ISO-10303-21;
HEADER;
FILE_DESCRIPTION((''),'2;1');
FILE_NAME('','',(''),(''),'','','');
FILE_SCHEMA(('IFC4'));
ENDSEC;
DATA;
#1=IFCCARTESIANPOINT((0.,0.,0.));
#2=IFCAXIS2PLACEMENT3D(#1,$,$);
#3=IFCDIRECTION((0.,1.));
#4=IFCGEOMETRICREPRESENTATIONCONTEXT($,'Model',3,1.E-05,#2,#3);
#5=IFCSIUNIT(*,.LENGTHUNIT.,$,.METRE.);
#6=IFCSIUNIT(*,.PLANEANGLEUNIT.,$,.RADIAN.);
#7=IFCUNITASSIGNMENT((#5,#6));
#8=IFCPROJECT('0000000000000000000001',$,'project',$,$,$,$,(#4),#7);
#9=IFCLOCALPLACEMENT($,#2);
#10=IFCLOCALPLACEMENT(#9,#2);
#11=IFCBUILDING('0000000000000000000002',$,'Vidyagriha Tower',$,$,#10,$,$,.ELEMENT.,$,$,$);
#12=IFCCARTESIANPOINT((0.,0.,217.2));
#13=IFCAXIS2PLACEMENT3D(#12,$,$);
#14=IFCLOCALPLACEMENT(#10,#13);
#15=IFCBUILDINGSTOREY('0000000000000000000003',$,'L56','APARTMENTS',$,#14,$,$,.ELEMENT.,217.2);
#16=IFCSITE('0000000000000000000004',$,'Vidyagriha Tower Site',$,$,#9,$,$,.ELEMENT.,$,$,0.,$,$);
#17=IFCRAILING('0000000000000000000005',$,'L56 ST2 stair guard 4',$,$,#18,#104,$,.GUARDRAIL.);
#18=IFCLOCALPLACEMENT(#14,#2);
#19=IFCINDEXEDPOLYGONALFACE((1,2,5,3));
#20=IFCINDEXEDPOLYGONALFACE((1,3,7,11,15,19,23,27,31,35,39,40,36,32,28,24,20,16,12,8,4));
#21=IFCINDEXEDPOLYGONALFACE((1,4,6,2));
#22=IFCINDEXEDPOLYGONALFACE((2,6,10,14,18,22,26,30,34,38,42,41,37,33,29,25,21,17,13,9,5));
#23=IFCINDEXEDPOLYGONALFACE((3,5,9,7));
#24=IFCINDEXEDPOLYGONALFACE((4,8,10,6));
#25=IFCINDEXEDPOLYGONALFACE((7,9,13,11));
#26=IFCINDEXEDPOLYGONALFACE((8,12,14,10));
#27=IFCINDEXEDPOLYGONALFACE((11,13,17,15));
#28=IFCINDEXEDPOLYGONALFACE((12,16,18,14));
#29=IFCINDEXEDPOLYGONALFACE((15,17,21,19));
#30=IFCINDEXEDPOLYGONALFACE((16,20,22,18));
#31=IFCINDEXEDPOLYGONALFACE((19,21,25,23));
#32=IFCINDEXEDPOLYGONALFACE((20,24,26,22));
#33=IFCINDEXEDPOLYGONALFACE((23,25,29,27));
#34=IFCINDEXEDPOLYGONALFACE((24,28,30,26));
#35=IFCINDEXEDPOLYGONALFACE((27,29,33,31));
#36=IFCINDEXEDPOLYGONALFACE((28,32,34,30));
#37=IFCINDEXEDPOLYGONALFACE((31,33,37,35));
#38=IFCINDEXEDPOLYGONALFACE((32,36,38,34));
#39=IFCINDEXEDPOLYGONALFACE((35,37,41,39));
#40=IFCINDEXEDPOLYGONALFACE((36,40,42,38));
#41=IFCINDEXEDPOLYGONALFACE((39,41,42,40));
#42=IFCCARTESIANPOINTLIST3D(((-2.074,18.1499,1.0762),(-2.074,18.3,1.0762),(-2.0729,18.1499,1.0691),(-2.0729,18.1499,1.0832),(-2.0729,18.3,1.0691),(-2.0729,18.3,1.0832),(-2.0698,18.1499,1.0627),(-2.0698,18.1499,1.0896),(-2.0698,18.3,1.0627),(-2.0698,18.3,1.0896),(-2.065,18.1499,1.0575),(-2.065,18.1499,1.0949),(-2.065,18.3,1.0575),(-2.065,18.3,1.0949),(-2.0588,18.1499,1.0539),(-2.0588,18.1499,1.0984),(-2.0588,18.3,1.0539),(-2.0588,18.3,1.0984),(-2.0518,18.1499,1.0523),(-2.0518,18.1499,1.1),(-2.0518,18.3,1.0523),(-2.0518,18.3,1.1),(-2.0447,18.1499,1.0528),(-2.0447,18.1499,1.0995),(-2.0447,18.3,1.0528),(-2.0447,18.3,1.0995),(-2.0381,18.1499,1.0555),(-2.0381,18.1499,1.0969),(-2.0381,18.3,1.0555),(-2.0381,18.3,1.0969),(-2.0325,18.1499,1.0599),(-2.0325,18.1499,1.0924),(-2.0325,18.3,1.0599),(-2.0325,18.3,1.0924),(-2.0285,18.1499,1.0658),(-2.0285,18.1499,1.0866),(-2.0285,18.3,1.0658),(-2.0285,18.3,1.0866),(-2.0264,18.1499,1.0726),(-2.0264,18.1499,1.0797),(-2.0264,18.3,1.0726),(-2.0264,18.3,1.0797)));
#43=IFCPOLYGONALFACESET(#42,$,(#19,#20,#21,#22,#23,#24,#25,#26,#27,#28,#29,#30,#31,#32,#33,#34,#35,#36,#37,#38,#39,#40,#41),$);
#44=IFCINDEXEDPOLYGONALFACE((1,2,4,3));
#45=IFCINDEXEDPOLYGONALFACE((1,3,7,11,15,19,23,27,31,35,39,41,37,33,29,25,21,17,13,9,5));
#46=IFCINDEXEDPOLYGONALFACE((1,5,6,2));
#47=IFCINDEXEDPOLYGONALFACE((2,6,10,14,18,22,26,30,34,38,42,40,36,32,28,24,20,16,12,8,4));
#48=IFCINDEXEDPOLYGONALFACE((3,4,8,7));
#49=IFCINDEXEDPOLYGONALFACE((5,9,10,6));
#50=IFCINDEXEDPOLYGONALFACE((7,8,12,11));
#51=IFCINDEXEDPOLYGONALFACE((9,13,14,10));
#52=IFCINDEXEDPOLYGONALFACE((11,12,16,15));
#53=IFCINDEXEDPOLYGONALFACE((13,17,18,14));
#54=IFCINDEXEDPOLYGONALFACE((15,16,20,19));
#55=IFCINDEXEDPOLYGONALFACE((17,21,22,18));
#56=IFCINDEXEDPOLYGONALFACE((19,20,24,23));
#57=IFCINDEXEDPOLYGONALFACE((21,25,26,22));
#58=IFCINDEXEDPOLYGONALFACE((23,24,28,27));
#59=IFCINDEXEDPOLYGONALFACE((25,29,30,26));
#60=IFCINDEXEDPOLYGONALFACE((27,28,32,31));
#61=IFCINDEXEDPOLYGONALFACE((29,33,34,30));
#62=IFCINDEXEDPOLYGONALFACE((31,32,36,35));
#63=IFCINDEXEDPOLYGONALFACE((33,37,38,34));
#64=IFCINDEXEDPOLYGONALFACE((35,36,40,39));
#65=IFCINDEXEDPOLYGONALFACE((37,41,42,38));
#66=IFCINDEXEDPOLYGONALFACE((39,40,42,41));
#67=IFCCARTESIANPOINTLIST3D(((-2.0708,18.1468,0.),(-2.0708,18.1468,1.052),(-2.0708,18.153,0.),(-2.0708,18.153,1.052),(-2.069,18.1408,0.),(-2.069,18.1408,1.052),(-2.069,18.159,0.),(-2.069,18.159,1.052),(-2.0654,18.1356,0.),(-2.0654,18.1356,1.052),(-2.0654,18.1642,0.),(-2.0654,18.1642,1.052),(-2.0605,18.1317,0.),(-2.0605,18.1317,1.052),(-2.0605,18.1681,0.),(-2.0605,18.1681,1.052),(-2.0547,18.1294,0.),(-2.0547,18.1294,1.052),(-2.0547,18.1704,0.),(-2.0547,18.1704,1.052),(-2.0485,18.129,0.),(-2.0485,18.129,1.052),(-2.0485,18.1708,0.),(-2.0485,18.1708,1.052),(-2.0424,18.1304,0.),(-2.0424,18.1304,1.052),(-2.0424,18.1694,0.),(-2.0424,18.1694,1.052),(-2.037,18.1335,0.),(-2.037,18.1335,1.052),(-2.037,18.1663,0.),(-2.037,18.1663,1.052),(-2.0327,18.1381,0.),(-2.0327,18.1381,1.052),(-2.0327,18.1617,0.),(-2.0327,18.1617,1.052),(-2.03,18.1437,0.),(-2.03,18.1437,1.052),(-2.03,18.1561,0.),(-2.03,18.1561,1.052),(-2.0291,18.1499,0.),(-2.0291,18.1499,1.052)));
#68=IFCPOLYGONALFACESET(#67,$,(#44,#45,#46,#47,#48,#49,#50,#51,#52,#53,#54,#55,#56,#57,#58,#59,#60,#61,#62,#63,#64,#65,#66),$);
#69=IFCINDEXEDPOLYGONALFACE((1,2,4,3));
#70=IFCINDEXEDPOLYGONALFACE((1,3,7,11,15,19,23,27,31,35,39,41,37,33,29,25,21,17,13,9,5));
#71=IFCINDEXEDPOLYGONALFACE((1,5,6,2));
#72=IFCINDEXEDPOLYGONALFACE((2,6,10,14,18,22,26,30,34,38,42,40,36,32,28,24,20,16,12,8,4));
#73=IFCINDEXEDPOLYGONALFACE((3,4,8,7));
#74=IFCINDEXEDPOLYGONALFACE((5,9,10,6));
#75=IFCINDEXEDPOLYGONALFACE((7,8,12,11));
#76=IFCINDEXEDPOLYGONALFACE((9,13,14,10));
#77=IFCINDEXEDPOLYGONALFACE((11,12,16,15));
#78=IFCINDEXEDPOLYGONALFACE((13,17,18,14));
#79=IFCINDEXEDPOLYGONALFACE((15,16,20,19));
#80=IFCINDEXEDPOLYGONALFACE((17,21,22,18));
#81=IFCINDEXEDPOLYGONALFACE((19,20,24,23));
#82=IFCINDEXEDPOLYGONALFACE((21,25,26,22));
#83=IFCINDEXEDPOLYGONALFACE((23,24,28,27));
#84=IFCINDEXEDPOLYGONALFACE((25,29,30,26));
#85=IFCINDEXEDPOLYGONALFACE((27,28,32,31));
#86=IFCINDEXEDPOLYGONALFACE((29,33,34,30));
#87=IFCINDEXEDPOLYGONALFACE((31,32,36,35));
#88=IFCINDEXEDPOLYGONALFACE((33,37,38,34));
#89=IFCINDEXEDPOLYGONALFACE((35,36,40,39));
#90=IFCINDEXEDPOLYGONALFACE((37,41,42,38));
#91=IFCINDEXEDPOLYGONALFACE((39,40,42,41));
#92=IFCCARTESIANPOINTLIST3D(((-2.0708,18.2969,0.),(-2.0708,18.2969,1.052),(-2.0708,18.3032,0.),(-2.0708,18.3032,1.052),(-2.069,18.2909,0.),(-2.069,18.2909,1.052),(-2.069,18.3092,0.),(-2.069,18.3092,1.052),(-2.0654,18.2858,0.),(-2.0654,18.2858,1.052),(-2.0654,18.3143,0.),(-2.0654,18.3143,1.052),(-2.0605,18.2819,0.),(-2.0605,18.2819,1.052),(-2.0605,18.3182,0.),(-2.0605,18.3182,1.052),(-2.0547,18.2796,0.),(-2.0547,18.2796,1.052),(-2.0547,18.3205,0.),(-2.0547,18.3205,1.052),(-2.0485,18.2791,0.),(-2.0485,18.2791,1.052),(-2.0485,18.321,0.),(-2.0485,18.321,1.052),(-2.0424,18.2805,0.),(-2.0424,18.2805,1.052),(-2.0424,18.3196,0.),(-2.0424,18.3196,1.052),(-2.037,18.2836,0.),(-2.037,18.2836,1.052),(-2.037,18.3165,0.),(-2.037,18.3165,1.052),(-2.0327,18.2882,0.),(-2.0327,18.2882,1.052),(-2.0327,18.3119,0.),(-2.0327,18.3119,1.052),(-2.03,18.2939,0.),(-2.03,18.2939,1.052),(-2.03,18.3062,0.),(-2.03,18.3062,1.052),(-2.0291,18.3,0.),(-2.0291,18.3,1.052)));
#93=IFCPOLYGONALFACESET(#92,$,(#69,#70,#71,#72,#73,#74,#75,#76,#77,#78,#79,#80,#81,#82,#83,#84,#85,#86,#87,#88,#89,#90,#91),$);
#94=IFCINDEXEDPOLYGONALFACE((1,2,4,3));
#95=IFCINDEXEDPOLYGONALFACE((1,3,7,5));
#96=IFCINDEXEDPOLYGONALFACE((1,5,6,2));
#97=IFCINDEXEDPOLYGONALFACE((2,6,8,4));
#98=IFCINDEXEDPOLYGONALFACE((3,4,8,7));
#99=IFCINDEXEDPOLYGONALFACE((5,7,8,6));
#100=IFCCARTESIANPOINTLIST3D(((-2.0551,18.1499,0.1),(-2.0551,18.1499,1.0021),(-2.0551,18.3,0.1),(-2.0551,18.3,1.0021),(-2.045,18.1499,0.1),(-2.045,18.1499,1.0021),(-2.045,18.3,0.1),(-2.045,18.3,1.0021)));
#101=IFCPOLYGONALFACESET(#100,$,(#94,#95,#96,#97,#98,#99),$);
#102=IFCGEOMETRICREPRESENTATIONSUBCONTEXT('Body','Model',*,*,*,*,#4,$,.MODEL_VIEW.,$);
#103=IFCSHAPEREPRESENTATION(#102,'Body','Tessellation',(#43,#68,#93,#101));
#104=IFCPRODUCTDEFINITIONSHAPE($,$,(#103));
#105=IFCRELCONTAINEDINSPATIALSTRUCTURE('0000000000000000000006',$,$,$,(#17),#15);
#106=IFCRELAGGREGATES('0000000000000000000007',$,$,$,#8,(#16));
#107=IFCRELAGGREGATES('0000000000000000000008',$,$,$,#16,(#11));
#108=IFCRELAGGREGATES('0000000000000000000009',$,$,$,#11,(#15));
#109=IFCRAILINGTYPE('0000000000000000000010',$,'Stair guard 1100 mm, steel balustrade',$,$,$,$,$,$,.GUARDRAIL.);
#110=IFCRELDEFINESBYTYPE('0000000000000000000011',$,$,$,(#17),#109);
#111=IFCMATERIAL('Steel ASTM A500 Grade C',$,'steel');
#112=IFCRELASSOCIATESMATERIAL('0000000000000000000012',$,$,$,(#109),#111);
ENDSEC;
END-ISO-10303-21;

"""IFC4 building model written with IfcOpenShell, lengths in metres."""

from ifc_helpers import new_model, si_unit, direction, frame, origin, origin_2d, place, context, subcontext, project, spatial, rectangle, circle, extrude, material, type_object, element, save


model = new_model("IFC4")

# Units and contexts
model_context = context("Model", 3, precision=1e-05, world=origin(), true_north=direction((0.0, 1.0)))
body_context = subcontext(model_context, "Body", "Model", "MODEL_VIEW")
ifc_project = project(units=[si_unit("LENGTHUNIT", "METRE"), si_unit("PLANEANGLEUNIT", "RADIAN")], contexts=[model_context])

# Site, building, storey
site_placement = place(None, origin())
site = spatial("IfcSite", under=ifc_project, at=site_placement, Name="Vidyagriha Tower Site", CompositionType="ELEMENT", RefElevation=0.0)
building_placement = place(site_placement, origin())
building = spatial("IfcBuilding", under=site, at=building_placement, Name="Vidyagriha Tower", CompositionType="ELEMENT")
storey_placement = place(building_placement, frame((0.0, 0.0, 217.2)))
storey = spatial("IfcBuildingStorey", under=building, at=storey_placement, Name="L56", Description="APARTMENTS", CompositionType="ELEMENT", Elevation=217.2)

# Railing
ifc_material_1 = material(Name="Steel ASTM A500 Grade C", Category="steel")
railing_type_1 = type_object("IfcRailingType", Name="Stair guard 1100 mm, steel balustrade", PredefinedType="GUARDRAIL", material=ifc_material_1)
railing_1_placement = place(storey_placement, frame((-2.05, 18.1499, 0.0)))
element("IfcRailing", 1, at=railing_1_placement, inside=storey, type_object=railing_type_1, Name="L56 ST2 stair guard 4", PredefinedType="GUARDRAIL", context=body_context, shape_type="SweptSolid", body=[
    extrude(circle(Radius=0.0239, at=origin_2d()), frame((0.0, 0.0, 1.0762), z_axis=(0.0, 1.0, 0.0), x_axis=(-1.0, 0.0, 0.0)), (0.0, 0.0, 1.0), 0.1501),
    extrude(circle(Radius=0.021, at=origin_2d()), origin(), (0.0, 0.0, 1.0), 1.052),
    extrude(circle(Radius=0.021, at=origin_2d()), frame((0.0, 0.1501, 0.0)), (0.0, 0.0, 1.0), 1.052),
    extrude(rectangle(XDim=0.01, YDim=0.9021, at=origin_2d()), frame((0.0, 0.0, 0.551), z_axis=(0.0, 1.0, 0.0), x_axis=(-1.0, 0.0, 0.0)), (0.0, 0.0, 1.0), 0.1501),
])

save(model, "model.ifc")
